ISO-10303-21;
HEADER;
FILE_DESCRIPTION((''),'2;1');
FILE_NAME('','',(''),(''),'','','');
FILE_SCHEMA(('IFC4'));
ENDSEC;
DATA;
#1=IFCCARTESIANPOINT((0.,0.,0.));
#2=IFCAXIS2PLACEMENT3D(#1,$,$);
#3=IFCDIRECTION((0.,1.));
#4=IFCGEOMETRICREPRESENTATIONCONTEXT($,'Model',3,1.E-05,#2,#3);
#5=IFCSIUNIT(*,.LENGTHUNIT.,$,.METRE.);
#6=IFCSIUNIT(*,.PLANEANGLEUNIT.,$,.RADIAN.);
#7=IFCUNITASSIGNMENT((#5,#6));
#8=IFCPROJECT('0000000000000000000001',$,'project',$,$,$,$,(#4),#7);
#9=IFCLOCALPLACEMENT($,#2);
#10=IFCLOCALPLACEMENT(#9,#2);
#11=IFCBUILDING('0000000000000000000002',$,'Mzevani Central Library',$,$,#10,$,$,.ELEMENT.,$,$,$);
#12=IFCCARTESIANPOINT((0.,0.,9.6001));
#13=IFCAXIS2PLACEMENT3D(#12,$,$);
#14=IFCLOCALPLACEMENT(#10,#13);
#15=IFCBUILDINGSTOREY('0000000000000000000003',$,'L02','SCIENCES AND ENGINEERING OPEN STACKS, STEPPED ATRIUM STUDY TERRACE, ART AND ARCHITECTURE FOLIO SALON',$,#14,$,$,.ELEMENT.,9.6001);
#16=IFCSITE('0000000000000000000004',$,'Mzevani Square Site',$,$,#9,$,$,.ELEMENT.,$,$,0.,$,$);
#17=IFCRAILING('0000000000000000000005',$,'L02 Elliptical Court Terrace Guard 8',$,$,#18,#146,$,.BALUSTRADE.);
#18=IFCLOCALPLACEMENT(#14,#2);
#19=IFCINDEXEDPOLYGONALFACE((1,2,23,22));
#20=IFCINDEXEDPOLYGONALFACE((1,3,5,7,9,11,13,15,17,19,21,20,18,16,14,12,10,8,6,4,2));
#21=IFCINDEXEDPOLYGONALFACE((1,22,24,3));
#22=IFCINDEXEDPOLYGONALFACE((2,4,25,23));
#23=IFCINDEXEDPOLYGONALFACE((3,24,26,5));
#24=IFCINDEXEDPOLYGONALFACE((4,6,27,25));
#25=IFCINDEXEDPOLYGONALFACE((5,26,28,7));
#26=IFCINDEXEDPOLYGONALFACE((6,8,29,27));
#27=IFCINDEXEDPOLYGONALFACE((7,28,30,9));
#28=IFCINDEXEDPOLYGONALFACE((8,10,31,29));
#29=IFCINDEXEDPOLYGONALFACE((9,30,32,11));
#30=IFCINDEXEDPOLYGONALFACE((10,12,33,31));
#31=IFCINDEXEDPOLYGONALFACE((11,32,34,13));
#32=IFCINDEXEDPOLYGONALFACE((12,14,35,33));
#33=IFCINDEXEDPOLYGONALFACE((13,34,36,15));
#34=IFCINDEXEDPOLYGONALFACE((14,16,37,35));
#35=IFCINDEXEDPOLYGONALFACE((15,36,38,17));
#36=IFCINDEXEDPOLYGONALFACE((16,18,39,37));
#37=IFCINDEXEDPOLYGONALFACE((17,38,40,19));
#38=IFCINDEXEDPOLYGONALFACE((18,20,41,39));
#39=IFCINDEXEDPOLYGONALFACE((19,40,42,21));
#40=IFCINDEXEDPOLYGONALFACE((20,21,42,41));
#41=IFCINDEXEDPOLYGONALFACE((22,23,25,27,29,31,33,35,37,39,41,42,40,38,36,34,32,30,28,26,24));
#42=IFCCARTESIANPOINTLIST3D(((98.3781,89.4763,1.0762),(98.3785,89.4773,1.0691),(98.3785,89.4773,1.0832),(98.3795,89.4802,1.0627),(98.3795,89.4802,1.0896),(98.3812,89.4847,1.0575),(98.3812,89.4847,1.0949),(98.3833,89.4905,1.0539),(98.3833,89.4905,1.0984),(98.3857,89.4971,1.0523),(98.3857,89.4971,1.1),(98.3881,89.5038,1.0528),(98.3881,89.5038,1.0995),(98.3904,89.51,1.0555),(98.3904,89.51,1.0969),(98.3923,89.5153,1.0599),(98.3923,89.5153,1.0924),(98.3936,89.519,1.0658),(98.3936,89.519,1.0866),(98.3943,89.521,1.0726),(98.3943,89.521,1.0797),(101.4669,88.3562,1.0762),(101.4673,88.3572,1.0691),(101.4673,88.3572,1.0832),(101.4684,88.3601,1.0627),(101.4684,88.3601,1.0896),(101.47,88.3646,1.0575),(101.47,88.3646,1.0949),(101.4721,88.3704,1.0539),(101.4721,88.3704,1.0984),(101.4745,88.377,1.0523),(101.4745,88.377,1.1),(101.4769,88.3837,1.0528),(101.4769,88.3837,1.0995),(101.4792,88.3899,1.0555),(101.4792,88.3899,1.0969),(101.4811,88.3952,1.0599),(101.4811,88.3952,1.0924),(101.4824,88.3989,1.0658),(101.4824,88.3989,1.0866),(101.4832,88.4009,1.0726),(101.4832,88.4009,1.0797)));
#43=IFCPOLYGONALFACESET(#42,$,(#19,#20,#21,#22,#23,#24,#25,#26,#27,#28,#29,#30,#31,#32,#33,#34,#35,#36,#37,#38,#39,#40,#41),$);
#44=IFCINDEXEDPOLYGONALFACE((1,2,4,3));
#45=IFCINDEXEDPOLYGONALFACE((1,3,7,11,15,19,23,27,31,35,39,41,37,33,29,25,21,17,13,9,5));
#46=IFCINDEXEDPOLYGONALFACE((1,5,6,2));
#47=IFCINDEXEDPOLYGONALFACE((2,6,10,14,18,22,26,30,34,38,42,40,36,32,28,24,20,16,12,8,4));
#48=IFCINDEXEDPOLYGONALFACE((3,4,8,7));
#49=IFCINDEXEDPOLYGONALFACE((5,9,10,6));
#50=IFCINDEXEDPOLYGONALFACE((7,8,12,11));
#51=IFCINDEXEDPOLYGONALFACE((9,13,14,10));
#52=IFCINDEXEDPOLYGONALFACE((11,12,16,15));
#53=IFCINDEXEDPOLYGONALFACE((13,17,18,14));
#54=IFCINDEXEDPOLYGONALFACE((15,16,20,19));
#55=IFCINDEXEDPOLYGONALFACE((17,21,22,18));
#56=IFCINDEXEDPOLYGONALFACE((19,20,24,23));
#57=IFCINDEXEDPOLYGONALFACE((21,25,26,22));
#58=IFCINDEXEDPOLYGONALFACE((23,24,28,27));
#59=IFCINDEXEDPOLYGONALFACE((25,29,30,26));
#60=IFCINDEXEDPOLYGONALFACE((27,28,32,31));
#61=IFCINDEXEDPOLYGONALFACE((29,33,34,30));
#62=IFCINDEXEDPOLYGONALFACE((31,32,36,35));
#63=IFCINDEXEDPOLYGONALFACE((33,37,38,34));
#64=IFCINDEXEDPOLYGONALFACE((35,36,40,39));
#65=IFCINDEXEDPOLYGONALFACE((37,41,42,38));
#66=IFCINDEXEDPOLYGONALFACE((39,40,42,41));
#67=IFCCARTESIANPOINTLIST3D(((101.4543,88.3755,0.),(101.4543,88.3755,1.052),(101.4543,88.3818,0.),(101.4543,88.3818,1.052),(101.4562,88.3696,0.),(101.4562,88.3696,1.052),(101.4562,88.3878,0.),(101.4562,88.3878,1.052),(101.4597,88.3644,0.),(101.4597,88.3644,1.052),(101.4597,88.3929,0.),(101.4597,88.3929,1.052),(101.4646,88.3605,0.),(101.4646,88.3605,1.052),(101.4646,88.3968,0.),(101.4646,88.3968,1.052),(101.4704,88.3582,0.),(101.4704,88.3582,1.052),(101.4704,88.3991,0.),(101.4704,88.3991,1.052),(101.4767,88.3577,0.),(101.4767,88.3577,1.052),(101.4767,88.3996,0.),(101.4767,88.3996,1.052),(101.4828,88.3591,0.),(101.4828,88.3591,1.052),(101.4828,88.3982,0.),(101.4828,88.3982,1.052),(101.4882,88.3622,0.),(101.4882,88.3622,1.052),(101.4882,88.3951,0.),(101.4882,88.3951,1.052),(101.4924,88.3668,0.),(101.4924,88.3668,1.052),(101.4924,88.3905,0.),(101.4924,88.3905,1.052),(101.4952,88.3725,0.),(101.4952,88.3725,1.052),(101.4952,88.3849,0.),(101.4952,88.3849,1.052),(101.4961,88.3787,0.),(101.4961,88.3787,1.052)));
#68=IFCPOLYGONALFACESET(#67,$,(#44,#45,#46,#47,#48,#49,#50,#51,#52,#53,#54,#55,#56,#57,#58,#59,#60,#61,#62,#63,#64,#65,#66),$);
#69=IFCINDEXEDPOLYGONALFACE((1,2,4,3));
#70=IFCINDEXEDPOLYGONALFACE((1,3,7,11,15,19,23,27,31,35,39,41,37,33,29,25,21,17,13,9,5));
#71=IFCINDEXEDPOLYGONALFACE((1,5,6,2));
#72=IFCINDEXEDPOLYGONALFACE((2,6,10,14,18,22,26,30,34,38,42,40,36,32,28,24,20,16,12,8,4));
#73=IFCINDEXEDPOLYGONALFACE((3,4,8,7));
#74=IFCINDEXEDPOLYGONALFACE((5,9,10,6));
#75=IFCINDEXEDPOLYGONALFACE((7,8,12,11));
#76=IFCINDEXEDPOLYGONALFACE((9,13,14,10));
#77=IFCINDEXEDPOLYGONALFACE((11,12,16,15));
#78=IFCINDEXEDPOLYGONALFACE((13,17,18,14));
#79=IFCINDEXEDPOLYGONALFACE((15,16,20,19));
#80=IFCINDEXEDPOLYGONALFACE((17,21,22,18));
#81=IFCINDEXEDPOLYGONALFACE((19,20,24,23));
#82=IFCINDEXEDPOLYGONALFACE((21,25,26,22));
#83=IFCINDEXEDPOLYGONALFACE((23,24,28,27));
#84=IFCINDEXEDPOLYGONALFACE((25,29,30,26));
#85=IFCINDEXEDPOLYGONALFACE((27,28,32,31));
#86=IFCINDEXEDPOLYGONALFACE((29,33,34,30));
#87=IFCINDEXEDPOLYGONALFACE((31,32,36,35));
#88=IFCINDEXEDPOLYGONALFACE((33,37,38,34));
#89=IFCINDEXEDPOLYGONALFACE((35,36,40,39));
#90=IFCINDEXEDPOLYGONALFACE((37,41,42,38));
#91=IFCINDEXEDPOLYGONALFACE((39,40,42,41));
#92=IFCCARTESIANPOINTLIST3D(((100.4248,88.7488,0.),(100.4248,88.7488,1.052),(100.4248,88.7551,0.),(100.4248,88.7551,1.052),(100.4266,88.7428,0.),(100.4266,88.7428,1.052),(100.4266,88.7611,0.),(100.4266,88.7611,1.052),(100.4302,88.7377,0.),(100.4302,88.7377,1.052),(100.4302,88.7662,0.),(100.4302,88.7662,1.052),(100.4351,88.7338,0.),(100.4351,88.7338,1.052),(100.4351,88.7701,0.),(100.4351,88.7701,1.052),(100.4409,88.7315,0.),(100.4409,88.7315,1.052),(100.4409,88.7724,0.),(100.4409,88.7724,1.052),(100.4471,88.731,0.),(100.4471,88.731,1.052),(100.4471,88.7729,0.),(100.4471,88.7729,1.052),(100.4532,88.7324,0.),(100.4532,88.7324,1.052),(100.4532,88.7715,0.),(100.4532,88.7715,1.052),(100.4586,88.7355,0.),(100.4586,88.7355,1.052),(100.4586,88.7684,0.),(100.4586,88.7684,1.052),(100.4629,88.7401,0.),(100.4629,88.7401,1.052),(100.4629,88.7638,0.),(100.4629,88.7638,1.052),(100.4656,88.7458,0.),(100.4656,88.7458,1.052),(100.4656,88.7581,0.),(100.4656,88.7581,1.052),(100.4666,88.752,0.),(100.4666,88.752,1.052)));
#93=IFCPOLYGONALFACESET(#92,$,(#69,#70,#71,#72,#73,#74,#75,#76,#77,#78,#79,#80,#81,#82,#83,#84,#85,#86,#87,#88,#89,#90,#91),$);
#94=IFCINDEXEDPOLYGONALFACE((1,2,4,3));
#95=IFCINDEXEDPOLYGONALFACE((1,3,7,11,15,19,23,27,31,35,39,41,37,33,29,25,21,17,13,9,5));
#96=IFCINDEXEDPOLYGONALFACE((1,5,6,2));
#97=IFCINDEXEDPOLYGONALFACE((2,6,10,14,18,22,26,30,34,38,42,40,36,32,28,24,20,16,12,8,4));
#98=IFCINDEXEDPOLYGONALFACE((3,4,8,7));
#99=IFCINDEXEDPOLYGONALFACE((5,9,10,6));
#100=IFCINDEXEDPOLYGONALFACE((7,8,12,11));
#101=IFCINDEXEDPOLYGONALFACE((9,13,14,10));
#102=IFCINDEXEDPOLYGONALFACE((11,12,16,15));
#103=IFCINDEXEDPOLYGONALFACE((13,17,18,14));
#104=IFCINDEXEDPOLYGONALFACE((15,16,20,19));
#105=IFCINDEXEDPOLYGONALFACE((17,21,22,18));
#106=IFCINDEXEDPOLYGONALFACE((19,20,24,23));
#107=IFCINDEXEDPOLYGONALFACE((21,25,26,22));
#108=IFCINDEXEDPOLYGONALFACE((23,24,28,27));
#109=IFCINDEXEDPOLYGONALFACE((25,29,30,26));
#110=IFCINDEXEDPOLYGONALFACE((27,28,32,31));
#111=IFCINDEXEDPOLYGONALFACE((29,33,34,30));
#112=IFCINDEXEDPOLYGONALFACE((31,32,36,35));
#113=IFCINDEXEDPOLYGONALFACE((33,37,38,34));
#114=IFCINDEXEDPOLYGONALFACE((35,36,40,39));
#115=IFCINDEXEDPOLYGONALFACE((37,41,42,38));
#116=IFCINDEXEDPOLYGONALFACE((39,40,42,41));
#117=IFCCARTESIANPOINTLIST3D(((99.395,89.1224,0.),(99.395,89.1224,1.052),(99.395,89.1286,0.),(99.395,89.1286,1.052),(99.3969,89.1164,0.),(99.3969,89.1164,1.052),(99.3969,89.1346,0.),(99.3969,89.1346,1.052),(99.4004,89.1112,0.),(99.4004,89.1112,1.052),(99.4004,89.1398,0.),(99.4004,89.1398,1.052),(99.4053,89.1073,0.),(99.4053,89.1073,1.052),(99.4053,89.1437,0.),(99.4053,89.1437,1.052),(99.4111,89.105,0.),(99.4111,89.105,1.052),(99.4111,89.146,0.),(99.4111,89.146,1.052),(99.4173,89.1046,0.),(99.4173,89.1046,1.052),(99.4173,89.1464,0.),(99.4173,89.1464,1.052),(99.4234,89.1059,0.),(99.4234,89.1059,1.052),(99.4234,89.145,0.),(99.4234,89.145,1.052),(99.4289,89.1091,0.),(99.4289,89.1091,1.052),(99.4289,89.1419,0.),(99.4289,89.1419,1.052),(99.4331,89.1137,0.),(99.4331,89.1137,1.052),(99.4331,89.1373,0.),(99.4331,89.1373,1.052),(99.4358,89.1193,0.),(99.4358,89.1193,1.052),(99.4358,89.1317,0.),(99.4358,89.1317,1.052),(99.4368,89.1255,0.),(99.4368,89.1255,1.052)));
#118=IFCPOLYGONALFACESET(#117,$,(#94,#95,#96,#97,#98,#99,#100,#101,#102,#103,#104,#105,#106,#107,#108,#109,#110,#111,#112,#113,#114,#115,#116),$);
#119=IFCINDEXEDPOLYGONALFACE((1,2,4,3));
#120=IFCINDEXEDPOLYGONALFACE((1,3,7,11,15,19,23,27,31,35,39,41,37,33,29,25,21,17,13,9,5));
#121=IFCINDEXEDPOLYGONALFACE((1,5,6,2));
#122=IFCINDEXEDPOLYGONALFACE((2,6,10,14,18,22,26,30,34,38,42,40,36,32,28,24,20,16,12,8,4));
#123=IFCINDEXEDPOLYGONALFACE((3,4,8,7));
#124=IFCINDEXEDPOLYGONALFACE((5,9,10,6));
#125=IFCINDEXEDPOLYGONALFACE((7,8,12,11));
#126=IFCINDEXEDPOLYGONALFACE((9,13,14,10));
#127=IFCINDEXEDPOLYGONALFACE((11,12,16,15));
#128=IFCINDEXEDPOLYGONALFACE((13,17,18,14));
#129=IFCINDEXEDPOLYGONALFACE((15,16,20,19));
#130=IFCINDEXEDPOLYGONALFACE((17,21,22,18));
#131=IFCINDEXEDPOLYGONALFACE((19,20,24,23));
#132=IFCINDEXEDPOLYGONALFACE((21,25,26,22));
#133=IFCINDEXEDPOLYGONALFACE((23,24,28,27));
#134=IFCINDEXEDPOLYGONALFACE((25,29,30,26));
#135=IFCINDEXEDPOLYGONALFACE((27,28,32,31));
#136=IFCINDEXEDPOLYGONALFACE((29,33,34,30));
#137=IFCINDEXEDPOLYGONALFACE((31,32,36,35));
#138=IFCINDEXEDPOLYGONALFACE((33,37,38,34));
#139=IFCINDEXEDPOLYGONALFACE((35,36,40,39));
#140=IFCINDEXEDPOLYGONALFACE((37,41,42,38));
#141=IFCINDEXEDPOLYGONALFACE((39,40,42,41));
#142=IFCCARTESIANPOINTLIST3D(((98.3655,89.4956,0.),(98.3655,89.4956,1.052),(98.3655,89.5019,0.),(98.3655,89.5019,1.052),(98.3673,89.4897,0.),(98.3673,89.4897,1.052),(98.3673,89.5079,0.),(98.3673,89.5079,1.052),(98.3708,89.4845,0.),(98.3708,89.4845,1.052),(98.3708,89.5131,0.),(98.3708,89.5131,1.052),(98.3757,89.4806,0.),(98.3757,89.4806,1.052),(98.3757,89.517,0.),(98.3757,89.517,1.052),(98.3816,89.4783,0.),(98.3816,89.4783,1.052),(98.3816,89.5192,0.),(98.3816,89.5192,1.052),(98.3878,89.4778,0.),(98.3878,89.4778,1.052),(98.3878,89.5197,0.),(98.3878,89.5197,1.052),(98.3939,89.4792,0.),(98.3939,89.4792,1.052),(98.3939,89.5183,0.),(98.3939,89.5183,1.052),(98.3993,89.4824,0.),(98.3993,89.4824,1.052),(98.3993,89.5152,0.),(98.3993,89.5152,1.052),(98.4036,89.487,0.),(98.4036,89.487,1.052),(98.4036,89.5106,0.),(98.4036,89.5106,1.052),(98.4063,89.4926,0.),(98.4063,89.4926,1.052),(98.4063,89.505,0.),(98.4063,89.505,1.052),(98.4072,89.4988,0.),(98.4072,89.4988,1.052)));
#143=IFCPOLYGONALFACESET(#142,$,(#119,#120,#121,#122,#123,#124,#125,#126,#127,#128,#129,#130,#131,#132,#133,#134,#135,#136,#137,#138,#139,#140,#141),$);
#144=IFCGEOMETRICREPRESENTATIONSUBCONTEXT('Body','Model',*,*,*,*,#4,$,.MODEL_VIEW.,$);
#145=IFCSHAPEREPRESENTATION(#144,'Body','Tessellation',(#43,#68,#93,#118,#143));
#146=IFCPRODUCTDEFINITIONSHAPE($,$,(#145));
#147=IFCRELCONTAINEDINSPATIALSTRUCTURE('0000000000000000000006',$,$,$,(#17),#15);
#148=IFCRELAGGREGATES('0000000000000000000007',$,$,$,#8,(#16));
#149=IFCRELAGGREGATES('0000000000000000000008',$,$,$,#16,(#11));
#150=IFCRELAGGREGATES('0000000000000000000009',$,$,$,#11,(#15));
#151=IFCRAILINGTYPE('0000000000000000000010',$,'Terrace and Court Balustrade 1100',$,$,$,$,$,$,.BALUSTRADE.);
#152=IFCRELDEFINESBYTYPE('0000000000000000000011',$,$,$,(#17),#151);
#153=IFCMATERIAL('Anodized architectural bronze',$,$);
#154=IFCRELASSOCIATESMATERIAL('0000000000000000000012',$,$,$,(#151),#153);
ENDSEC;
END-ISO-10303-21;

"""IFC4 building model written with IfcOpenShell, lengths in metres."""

from ifc_helpers import new_model, si_unit, direction, frame, origin, origin_2d, place, context, subcontext, project, spatial, circle, extrude, material, type_object, element, save


model = new_model("IFC4")

# Units and contexts
model_context = context("Model", 3, precision=1e-05, world=origin(), true_north=direction((0.0, 1.0)))
body_context = subcontext(model_context, "Body", "Model", "MODEL_VIEW")
ifc_project = project(units=[si_unit("LENGTHUNIT", "METRE"), si_unit("PLANEANGLEUNIT", "RADIAN")], contexts=[model_context])

# Site, building, storey
site_placement = place(None, origin())
site = spatial("IfcSite", under=ifc_project, at=site_placement, Name="Mzevani Square Site", CompositionType="ELEMENT", RefElevation=0.0)
building_placement = place(site_placement, origin())
building = spatial("IfcBuilding", under=site, at=building_placement, Name="Mzevani Central Library", CompositionType="ELEMENT")
storey_placement = place(building_placement, frame((0.0, 0.0, 9.6001)))
storey = spatial("IfcBuildingStorey", under=building, at=storey_placement, Name="L02", Description="SCIENCES AND ENGINEERING OPEN STACKS, STEPPED ATRIUM STUDY TERRACE, ART AND ARCHITECTURE FOLIO SALON", CompositionType="ELEMENT", Elevation=9.6001)

# Railing
ifc_material_1 = material(Name="Anodized architectural bronze")
railing_type = type_object("IfcRailingType", Name="Terrace and Court Balustrade 1100", PredefinedType="BALUSTRADE", material=ifc_material_1)
railing_1_placement = place(storey_placement, frame((101.4751, 88.3787, 0.0)))
element("IfcRailing", 1, at=railing_1_placement, inside=storey, type_object=railing_type, Name="L02 Elliptical Court Terrace Guard 8", PredefinedType="BALUSTRADE", context=body_context, shape_type="SweptSolid", body=[
    extrude(circle(Radius=0.0239, at=origin_2d()), frame((0.0, 0.0, 1.0762), z_axis=(-0.940097, 0.340908, 0.0), x_axis=(-0.340908, -0.940097, 0.0)), (0.0, 0.0, 1.0), 3.2856),
    extrude(circle(Radius=0.021, at=origin_2d()), origin(), (0.0, 0.0, 1.0), 1.052),
    extrude(circle(Radius=0.021, at=origin_2d()), frame((-1.0295, 0.3733, 0.0)), (0.0, 0.0, 1.0), 1.052),
    extrude(circle(Radius=0.021, at=origin_2d()), frame((-2.0593, 0.7468, 0.0)), (0.0, 0.0, 1.0), 1.052),
    extrude(circle(Radius=0.021, at=origin_2d()), frame((-3.0889, 1.1201, 0.0)), (0.0, 0.0, 1.0), 1.052),
])

save(model, "model.ifc")
